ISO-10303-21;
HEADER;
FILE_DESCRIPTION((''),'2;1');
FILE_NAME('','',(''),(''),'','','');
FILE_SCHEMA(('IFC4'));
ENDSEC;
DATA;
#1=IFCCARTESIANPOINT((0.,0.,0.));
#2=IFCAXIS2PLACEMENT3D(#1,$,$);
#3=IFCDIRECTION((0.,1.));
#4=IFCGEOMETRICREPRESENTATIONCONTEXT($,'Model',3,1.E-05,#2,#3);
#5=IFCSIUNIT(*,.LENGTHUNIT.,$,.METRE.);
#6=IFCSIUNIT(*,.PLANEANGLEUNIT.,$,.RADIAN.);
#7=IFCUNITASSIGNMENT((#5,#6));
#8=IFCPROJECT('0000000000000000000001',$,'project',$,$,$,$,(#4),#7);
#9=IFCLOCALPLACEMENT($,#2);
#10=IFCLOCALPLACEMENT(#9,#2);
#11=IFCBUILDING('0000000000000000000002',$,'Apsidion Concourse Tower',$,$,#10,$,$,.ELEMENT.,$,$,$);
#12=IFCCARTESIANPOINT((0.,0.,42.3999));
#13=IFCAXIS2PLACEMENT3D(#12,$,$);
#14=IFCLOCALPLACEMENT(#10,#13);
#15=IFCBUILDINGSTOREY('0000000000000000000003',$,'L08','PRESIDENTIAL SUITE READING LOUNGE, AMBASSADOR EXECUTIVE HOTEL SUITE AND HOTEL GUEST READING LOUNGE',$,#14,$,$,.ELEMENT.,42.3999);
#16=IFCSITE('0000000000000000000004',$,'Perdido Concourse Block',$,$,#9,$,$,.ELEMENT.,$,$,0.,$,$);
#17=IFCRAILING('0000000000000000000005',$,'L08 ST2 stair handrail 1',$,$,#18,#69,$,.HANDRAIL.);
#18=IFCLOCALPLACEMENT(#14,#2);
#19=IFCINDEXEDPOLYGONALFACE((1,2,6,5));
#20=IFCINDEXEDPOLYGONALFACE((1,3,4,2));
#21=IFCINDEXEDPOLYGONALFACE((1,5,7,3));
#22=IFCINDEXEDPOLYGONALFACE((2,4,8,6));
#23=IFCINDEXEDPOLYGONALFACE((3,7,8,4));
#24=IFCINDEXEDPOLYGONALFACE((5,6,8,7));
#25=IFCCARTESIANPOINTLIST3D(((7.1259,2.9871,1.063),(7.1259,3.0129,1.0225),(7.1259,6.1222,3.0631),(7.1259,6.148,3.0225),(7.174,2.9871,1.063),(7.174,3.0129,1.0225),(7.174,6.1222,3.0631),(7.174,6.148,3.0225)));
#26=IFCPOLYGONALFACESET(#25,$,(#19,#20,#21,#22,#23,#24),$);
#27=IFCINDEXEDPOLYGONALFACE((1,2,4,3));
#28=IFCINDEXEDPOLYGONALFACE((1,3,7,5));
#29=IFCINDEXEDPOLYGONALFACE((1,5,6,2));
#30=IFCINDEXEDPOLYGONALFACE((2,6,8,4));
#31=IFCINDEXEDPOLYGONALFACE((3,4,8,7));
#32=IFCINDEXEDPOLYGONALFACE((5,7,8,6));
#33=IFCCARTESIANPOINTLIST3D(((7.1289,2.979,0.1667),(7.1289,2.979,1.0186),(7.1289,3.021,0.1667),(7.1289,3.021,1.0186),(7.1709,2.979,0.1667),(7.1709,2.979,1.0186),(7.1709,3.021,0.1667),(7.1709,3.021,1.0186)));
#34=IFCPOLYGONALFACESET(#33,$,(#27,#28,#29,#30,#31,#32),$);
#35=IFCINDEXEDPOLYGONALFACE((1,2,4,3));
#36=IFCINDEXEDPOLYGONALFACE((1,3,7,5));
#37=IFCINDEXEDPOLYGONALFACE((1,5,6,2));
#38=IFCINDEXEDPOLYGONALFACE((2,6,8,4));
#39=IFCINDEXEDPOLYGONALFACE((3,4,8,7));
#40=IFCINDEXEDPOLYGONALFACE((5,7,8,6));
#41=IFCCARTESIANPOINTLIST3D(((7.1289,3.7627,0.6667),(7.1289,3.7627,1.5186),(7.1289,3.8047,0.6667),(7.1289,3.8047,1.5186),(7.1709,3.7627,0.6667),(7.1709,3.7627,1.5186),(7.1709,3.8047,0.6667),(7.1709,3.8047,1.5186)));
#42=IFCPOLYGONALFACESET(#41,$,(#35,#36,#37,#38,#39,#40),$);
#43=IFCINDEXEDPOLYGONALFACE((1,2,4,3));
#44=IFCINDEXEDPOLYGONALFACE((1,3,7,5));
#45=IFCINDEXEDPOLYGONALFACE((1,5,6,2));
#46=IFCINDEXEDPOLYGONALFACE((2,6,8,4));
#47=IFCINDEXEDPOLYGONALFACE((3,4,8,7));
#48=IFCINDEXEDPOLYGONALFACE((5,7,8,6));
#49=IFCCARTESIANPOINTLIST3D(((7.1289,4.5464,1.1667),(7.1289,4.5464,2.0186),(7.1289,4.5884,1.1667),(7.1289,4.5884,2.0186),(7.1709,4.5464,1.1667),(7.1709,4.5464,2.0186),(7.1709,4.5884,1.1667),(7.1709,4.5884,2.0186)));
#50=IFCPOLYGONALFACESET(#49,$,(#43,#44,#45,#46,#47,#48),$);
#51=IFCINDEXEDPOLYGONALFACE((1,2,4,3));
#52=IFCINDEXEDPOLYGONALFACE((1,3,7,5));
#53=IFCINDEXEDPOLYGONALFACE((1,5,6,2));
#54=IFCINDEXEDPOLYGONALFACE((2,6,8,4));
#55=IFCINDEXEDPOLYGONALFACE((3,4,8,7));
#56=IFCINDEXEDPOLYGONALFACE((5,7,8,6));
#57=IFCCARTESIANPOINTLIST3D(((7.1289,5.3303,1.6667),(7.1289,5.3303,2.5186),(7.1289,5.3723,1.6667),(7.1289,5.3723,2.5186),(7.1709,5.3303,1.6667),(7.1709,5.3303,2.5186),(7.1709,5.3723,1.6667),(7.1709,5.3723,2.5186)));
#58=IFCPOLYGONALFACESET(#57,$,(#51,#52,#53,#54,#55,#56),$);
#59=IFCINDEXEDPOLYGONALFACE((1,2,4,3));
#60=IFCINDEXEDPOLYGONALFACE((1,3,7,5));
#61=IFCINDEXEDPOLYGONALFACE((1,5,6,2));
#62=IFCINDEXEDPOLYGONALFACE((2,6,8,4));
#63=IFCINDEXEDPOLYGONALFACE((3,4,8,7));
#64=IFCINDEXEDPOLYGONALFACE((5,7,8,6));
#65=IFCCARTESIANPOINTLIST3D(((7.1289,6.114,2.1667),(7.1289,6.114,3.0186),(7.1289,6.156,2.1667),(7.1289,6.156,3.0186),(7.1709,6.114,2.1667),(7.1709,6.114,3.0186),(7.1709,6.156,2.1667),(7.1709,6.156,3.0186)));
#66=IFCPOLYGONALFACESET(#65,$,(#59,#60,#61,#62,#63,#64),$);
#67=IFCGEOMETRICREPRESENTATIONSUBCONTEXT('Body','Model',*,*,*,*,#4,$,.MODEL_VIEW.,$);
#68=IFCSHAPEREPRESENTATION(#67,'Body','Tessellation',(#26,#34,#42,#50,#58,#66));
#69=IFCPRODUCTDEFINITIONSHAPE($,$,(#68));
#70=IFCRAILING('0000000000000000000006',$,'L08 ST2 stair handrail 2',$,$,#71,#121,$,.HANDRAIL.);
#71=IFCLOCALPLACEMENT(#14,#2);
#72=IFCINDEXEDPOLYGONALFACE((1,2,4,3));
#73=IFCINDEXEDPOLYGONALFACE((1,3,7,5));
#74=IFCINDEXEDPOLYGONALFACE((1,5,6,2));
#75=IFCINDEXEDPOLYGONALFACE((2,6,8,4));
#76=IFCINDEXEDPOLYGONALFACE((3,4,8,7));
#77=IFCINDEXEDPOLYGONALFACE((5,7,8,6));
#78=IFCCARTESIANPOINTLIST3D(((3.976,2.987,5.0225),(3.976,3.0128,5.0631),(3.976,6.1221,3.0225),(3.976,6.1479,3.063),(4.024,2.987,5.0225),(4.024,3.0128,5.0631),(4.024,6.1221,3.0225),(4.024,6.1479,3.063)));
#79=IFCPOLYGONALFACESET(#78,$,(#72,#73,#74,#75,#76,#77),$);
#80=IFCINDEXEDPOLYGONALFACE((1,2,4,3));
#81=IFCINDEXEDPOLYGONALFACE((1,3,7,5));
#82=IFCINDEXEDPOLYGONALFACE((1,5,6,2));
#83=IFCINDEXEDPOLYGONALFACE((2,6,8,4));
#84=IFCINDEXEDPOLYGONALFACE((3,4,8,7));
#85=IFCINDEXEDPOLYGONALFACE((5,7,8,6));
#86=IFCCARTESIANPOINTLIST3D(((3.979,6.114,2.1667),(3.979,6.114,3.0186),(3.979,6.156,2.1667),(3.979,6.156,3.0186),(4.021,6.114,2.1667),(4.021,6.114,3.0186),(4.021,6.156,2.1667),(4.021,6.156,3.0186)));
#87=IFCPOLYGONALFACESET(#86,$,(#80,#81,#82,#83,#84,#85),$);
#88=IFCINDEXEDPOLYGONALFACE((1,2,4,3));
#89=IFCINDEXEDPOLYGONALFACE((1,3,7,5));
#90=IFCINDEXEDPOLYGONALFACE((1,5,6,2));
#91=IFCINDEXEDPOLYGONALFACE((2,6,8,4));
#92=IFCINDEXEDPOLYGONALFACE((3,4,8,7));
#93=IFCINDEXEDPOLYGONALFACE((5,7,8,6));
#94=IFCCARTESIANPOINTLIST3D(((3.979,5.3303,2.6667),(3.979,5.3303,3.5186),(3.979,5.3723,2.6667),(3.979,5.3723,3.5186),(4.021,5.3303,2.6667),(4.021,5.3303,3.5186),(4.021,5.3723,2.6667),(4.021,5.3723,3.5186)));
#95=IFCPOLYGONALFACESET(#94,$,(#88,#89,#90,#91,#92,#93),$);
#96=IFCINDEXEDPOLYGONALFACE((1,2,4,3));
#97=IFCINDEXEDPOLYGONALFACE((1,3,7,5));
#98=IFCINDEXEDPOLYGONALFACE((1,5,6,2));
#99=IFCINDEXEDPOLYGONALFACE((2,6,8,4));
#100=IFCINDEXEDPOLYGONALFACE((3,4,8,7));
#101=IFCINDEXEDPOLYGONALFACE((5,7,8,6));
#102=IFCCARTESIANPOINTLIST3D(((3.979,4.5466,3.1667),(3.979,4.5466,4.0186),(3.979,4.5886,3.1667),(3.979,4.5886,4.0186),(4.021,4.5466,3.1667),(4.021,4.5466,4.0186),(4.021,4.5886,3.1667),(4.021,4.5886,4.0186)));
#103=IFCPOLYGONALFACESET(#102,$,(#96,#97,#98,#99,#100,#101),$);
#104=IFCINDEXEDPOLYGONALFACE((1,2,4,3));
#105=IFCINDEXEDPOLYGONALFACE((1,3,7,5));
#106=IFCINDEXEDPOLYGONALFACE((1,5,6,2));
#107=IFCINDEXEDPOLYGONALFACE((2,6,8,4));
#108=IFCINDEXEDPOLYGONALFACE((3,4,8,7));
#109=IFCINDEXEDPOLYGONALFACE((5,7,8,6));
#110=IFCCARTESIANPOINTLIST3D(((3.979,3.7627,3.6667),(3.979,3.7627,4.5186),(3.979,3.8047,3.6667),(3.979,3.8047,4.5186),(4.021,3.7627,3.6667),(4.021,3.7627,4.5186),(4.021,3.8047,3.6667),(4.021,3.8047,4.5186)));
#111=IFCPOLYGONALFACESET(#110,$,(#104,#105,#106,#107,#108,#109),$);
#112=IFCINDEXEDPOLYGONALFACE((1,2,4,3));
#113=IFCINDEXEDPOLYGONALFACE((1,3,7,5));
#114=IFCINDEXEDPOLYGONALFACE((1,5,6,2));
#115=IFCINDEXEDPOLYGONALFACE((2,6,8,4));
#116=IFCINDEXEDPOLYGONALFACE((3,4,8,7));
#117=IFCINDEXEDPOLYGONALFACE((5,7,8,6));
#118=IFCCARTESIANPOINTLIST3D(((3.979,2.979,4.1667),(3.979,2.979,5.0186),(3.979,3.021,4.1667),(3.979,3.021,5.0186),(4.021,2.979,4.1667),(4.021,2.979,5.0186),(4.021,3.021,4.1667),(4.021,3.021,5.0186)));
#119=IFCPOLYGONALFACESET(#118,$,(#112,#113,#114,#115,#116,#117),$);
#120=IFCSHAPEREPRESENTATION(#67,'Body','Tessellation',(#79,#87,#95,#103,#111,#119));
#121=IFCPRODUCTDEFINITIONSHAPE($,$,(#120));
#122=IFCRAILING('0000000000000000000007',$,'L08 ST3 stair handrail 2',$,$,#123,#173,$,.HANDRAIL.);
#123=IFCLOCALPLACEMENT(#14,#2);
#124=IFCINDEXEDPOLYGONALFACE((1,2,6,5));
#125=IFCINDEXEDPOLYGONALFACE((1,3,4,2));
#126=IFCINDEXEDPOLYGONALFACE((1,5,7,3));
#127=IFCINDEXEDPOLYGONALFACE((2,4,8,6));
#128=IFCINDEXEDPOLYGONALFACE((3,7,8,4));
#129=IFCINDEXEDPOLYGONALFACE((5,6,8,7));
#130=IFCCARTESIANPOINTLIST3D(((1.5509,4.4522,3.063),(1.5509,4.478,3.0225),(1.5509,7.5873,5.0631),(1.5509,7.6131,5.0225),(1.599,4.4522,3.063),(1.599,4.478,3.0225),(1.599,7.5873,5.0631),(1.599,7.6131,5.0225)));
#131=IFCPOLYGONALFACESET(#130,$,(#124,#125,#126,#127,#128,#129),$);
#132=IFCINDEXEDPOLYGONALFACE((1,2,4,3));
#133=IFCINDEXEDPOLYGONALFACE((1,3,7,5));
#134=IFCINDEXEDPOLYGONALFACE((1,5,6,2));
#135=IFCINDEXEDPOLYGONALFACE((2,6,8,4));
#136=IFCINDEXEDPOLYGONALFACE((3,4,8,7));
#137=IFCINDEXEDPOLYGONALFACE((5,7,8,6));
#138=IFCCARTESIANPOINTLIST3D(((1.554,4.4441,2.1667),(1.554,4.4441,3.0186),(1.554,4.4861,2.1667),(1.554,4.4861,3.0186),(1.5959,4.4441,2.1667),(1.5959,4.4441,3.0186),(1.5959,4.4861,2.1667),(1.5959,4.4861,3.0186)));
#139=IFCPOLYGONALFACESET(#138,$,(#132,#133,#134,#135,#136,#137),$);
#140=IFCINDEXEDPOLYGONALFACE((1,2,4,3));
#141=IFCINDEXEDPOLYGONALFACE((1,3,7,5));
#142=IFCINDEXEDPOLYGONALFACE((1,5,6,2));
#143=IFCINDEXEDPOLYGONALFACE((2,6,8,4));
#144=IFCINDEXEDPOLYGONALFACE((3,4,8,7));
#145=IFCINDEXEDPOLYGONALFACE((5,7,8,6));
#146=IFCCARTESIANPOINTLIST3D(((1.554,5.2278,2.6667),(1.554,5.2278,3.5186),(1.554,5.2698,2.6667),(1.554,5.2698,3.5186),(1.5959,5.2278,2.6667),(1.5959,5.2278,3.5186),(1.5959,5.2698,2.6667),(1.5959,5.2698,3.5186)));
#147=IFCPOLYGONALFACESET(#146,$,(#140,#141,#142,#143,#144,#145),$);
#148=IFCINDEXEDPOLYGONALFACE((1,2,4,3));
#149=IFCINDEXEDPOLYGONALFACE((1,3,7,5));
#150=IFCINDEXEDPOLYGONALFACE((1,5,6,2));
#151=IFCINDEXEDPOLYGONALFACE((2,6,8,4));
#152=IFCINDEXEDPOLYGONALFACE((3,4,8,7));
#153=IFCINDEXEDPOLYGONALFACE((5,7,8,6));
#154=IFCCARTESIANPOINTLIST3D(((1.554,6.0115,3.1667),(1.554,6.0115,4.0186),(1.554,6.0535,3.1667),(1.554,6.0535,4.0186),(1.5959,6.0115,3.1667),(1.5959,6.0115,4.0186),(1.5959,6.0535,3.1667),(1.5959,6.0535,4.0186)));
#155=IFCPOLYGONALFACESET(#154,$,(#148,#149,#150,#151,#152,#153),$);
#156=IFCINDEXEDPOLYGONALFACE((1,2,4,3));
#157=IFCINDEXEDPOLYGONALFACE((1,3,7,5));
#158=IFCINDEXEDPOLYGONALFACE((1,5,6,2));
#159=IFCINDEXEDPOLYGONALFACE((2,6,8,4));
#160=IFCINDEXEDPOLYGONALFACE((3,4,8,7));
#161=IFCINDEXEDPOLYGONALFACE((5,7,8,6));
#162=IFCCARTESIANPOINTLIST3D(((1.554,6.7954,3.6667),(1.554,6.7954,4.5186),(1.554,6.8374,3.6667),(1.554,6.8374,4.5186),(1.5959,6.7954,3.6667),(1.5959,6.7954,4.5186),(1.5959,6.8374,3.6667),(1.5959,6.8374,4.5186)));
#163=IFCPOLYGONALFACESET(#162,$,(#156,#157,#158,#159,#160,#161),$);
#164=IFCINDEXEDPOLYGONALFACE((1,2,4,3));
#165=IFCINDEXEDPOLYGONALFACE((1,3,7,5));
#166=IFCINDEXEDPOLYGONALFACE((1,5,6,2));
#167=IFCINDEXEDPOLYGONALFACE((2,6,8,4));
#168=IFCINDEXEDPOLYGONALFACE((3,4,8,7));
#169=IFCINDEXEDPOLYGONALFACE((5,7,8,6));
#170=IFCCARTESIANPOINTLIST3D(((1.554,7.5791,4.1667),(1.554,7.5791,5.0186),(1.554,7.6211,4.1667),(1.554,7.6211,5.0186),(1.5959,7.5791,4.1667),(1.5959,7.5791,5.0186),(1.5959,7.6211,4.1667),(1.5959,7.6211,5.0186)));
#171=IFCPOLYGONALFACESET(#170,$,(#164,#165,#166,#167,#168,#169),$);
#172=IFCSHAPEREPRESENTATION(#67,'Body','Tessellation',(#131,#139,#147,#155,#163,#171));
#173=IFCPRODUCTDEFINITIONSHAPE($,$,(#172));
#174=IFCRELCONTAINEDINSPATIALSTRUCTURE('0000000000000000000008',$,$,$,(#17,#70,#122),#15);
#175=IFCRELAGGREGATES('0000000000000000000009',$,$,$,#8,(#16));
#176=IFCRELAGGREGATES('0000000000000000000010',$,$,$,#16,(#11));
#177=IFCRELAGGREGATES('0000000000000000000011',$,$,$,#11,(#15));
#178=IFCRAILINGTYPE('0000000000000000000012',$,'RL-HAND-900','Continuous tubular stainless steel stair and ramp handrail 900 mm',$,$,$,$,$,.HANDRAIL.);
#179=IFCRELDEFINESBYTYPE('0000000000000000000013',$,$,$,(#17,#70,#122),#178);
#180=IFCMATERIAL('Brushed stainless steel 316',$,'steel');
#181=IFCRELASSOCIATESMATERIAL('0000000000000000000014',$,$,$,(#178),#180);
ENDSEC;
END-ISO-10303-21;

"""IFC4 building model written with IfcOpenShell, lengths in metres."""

from ifc_helpers import new_model, si_unit, direction, frame, origin, origin_2d, place, context, subcontext, project, spatial, rectangle, extrude, material, type_object, element, save


model = new_model("IFC4")

# Units and contexts
model_context = context("Model", 3, precision=1e-05, world=origin(), true_north=direction((0.0, 1.0)))
body_context = subcontext(model_context, "Body", "Model", "MODEL_VIEW")
ifc_project = project(units=[si_unit("LENGTHUNIT", "METRE"), si_unit("PLANEANGLEUNIT", "RADIAN")], contexts=[model_context])

# Site, building, storey
site_placement = place(None, origin())
site = spatial("IfcSite", under=ifc_project, at=site_placement, Name="Perdido Concourse Block", CompositionType="ELEMENT", RefElevation=0.0)
building_placement = place(site_placement, origin())
building = spatial("IfcBuilding", under=site, at=building_placement, Name="Apsidion Concourse Tower", CompositionType="ELEMENT")
storey_placement = place(building_placement, frame((0.0, 0.0, 42.3999)))
storey = spatial("IfcBuildingStorey", under=building, at=storey_placement, Name="L08", Description="PRESIDENTIAL SUITE READING LOUNGE, AMBASSADOR EXECUTIVE HOTEL SUITE AND HOTEL GUEST READING LOUNGE", CompositionType="ELEMENT", Elevation=42.3999)

# Railings
ifc_material_1 = material(Name="Brushed stainless steel 316", Category="steel")
railing_type_1 = type_object("IfcRailingType", Name="RL-HAND-900", Description="Continuous tubular stainless steel stair and ramp handrail 900 mm", PredefinedType="HANDRAIL", material=ifc_material_1)
railing_1_placement = place(storey_placement, frame((7.1499, 3.0, 0.1667)))
element("IfcRailing", 1, at=railing_1_placement, inside=storey, type_object=railing_type_1, Name="L08 ST2 stair handrail 1", PredefinedType="HANDRAIL", context=body_context, shape_type="SweptSolid", body=[
    extrude(rectangle(XDim=0.0481, YDim=0.0481, at=origin_2d()), frame((0.0, 0.0, 0.876), z_axis=(0.0, 0.843053, 0.537831), x_axis=(-1.0, 0.0, 0.0)), (0.0, 0.0, 1.0), 3.7188),
    extrude(rectangle(XDim=0.042, YDim=0.042, at=origin_2d()), origin(), (0.0, 0.0, 1.0), 0.8518),
    extrude(rectangle(XDim=0.042, YDim=0.042, at=origin_2d()), frame((0.0, 0.7837, 0.5)), (0.0, 0.0, 1.0), 0.8518),
    extrude(rectangle(XDim=0.042, YDim=0.042, at=origin_2d()), frame((0.0, 1.5674, 1.0)), (0.0, 0.0, 1.0), 0.8518),
    extrude(rectangle(XDim=0.042, YDim=0.042, at=origin_2d()), frame((0.0, 2.3513, 1.5)), (0.0, 0.0, 1.0), 0.8518),
    extrude(rectangle(XDim=0.042, YDim=0.042, at=origin_2d()), frame((0.0, 3.135, 2.0)), (0.0, 0.0, 1.0), 0.8518),
])
railing_2_placement = place(storey_placement, frame((4.0, 6.135, 2.1667)))
element("IfcRailing", 2, at=railing_2_placement, inside=storey, type_object=railing_type_1, Name="L08 ST2 stair handrail 2", PredefinedType="HANDRAIL", context=body_context, shape_type="SweptSolid", body=[
    extrude(rectangle(XDim=0.0481, YDim=0.0481, at=origin_2d()), frame((0.0, 0.0, 0.876), z_axis=(0.0, -0.843053, 0.537831), x_axis=(1.0, 0.0, 0.0)), (0.0, 0.0, 1.0), 3.7188),
    extrude(rectangle(XDim=0.042, YDim=0.042, at=origin_2d()), origin(), (0.0, 0.0, 1.0), 0.8518),
    extrude(rectangle(XDim=0.042, YDim=0.042, at=origin_2d()), frame((0.0, -0.7837, 0.5)), (0.0, 0.0, 1.0), 0.8518),
    extrude(rectangle(XDim=0.042, YDim=0.042, at=origin_2d()), frame((0.0, -1.5674, 1.0)), (0.0, 0.0, 1.0), 0.8518),
    extrude(rectangle(XDim=0.042, YDim=0.042, at=origin_2d()), frame((0.0, -2.3513, 1.5)), (0.0, 0.0, 1.0), 0.8518),
    extrude(rectangle(XDim=0.042, YDim=0.042, at=origin_2d()), frame((0.0, -3.135, 2.0)), (0.0, 0.0, 1.0), 0.8518),
])
railing_3_placement = place(storey_placement, frame((1.575, 4.4651, 2.1667)))
element("IfcRailing", 3, at=railing_3_placement, inside=storey, type_object=railing_type_1, Name="L08 ST3 stair handrail 2", PredefinedType="HANDRAIL", context=body_context, shape_type="SweptSolid", body=[
    extrude(rectangle(XDim=0.0481, YDim=0.0481, at=origin_2d()), frame((0.0, 0.0, 0.876), z_axis=(0.0, 0.843053, 0.537831), x_axis=(-1.0, 0.0, 0.0)), (0.0, 0.0, 1.0), 3.7188),
    extrude(rectangle(XDim=0.042, YDim=0.042, at=origin_2d()), origin(), (0.0, 0.0, 1.0), 0.8518),
    extrude(rectangle(XDim=0.042, YDim=0.042, at=origin_2d()), frame((0.0, 0.7837, 0.5)), (0.0, 0.0, 1.0), 0.8518),
    extrude(rectangle(XDim=0.042, YDim=0.042, at=origin_2d()), frame((0.0, 1.5674, 1.0)), (0.0, 0.0, 1.0), 0.8518),
    extrude(rectangle(XDim=0.042, YDim=0.042, at=origin_2d()), frame((0.0, 2.3513, 1.5)), (0.0, 0.0, 1.0), 0.8518),
    extrude(rectangle(XDim=0.042, YDim=0.042, at=origin_2d()), frame((0.0, 3.135, 2.0)), (0.0, 0.0, 1.0), 0.8518),
])

save(model, "model.ifc")
